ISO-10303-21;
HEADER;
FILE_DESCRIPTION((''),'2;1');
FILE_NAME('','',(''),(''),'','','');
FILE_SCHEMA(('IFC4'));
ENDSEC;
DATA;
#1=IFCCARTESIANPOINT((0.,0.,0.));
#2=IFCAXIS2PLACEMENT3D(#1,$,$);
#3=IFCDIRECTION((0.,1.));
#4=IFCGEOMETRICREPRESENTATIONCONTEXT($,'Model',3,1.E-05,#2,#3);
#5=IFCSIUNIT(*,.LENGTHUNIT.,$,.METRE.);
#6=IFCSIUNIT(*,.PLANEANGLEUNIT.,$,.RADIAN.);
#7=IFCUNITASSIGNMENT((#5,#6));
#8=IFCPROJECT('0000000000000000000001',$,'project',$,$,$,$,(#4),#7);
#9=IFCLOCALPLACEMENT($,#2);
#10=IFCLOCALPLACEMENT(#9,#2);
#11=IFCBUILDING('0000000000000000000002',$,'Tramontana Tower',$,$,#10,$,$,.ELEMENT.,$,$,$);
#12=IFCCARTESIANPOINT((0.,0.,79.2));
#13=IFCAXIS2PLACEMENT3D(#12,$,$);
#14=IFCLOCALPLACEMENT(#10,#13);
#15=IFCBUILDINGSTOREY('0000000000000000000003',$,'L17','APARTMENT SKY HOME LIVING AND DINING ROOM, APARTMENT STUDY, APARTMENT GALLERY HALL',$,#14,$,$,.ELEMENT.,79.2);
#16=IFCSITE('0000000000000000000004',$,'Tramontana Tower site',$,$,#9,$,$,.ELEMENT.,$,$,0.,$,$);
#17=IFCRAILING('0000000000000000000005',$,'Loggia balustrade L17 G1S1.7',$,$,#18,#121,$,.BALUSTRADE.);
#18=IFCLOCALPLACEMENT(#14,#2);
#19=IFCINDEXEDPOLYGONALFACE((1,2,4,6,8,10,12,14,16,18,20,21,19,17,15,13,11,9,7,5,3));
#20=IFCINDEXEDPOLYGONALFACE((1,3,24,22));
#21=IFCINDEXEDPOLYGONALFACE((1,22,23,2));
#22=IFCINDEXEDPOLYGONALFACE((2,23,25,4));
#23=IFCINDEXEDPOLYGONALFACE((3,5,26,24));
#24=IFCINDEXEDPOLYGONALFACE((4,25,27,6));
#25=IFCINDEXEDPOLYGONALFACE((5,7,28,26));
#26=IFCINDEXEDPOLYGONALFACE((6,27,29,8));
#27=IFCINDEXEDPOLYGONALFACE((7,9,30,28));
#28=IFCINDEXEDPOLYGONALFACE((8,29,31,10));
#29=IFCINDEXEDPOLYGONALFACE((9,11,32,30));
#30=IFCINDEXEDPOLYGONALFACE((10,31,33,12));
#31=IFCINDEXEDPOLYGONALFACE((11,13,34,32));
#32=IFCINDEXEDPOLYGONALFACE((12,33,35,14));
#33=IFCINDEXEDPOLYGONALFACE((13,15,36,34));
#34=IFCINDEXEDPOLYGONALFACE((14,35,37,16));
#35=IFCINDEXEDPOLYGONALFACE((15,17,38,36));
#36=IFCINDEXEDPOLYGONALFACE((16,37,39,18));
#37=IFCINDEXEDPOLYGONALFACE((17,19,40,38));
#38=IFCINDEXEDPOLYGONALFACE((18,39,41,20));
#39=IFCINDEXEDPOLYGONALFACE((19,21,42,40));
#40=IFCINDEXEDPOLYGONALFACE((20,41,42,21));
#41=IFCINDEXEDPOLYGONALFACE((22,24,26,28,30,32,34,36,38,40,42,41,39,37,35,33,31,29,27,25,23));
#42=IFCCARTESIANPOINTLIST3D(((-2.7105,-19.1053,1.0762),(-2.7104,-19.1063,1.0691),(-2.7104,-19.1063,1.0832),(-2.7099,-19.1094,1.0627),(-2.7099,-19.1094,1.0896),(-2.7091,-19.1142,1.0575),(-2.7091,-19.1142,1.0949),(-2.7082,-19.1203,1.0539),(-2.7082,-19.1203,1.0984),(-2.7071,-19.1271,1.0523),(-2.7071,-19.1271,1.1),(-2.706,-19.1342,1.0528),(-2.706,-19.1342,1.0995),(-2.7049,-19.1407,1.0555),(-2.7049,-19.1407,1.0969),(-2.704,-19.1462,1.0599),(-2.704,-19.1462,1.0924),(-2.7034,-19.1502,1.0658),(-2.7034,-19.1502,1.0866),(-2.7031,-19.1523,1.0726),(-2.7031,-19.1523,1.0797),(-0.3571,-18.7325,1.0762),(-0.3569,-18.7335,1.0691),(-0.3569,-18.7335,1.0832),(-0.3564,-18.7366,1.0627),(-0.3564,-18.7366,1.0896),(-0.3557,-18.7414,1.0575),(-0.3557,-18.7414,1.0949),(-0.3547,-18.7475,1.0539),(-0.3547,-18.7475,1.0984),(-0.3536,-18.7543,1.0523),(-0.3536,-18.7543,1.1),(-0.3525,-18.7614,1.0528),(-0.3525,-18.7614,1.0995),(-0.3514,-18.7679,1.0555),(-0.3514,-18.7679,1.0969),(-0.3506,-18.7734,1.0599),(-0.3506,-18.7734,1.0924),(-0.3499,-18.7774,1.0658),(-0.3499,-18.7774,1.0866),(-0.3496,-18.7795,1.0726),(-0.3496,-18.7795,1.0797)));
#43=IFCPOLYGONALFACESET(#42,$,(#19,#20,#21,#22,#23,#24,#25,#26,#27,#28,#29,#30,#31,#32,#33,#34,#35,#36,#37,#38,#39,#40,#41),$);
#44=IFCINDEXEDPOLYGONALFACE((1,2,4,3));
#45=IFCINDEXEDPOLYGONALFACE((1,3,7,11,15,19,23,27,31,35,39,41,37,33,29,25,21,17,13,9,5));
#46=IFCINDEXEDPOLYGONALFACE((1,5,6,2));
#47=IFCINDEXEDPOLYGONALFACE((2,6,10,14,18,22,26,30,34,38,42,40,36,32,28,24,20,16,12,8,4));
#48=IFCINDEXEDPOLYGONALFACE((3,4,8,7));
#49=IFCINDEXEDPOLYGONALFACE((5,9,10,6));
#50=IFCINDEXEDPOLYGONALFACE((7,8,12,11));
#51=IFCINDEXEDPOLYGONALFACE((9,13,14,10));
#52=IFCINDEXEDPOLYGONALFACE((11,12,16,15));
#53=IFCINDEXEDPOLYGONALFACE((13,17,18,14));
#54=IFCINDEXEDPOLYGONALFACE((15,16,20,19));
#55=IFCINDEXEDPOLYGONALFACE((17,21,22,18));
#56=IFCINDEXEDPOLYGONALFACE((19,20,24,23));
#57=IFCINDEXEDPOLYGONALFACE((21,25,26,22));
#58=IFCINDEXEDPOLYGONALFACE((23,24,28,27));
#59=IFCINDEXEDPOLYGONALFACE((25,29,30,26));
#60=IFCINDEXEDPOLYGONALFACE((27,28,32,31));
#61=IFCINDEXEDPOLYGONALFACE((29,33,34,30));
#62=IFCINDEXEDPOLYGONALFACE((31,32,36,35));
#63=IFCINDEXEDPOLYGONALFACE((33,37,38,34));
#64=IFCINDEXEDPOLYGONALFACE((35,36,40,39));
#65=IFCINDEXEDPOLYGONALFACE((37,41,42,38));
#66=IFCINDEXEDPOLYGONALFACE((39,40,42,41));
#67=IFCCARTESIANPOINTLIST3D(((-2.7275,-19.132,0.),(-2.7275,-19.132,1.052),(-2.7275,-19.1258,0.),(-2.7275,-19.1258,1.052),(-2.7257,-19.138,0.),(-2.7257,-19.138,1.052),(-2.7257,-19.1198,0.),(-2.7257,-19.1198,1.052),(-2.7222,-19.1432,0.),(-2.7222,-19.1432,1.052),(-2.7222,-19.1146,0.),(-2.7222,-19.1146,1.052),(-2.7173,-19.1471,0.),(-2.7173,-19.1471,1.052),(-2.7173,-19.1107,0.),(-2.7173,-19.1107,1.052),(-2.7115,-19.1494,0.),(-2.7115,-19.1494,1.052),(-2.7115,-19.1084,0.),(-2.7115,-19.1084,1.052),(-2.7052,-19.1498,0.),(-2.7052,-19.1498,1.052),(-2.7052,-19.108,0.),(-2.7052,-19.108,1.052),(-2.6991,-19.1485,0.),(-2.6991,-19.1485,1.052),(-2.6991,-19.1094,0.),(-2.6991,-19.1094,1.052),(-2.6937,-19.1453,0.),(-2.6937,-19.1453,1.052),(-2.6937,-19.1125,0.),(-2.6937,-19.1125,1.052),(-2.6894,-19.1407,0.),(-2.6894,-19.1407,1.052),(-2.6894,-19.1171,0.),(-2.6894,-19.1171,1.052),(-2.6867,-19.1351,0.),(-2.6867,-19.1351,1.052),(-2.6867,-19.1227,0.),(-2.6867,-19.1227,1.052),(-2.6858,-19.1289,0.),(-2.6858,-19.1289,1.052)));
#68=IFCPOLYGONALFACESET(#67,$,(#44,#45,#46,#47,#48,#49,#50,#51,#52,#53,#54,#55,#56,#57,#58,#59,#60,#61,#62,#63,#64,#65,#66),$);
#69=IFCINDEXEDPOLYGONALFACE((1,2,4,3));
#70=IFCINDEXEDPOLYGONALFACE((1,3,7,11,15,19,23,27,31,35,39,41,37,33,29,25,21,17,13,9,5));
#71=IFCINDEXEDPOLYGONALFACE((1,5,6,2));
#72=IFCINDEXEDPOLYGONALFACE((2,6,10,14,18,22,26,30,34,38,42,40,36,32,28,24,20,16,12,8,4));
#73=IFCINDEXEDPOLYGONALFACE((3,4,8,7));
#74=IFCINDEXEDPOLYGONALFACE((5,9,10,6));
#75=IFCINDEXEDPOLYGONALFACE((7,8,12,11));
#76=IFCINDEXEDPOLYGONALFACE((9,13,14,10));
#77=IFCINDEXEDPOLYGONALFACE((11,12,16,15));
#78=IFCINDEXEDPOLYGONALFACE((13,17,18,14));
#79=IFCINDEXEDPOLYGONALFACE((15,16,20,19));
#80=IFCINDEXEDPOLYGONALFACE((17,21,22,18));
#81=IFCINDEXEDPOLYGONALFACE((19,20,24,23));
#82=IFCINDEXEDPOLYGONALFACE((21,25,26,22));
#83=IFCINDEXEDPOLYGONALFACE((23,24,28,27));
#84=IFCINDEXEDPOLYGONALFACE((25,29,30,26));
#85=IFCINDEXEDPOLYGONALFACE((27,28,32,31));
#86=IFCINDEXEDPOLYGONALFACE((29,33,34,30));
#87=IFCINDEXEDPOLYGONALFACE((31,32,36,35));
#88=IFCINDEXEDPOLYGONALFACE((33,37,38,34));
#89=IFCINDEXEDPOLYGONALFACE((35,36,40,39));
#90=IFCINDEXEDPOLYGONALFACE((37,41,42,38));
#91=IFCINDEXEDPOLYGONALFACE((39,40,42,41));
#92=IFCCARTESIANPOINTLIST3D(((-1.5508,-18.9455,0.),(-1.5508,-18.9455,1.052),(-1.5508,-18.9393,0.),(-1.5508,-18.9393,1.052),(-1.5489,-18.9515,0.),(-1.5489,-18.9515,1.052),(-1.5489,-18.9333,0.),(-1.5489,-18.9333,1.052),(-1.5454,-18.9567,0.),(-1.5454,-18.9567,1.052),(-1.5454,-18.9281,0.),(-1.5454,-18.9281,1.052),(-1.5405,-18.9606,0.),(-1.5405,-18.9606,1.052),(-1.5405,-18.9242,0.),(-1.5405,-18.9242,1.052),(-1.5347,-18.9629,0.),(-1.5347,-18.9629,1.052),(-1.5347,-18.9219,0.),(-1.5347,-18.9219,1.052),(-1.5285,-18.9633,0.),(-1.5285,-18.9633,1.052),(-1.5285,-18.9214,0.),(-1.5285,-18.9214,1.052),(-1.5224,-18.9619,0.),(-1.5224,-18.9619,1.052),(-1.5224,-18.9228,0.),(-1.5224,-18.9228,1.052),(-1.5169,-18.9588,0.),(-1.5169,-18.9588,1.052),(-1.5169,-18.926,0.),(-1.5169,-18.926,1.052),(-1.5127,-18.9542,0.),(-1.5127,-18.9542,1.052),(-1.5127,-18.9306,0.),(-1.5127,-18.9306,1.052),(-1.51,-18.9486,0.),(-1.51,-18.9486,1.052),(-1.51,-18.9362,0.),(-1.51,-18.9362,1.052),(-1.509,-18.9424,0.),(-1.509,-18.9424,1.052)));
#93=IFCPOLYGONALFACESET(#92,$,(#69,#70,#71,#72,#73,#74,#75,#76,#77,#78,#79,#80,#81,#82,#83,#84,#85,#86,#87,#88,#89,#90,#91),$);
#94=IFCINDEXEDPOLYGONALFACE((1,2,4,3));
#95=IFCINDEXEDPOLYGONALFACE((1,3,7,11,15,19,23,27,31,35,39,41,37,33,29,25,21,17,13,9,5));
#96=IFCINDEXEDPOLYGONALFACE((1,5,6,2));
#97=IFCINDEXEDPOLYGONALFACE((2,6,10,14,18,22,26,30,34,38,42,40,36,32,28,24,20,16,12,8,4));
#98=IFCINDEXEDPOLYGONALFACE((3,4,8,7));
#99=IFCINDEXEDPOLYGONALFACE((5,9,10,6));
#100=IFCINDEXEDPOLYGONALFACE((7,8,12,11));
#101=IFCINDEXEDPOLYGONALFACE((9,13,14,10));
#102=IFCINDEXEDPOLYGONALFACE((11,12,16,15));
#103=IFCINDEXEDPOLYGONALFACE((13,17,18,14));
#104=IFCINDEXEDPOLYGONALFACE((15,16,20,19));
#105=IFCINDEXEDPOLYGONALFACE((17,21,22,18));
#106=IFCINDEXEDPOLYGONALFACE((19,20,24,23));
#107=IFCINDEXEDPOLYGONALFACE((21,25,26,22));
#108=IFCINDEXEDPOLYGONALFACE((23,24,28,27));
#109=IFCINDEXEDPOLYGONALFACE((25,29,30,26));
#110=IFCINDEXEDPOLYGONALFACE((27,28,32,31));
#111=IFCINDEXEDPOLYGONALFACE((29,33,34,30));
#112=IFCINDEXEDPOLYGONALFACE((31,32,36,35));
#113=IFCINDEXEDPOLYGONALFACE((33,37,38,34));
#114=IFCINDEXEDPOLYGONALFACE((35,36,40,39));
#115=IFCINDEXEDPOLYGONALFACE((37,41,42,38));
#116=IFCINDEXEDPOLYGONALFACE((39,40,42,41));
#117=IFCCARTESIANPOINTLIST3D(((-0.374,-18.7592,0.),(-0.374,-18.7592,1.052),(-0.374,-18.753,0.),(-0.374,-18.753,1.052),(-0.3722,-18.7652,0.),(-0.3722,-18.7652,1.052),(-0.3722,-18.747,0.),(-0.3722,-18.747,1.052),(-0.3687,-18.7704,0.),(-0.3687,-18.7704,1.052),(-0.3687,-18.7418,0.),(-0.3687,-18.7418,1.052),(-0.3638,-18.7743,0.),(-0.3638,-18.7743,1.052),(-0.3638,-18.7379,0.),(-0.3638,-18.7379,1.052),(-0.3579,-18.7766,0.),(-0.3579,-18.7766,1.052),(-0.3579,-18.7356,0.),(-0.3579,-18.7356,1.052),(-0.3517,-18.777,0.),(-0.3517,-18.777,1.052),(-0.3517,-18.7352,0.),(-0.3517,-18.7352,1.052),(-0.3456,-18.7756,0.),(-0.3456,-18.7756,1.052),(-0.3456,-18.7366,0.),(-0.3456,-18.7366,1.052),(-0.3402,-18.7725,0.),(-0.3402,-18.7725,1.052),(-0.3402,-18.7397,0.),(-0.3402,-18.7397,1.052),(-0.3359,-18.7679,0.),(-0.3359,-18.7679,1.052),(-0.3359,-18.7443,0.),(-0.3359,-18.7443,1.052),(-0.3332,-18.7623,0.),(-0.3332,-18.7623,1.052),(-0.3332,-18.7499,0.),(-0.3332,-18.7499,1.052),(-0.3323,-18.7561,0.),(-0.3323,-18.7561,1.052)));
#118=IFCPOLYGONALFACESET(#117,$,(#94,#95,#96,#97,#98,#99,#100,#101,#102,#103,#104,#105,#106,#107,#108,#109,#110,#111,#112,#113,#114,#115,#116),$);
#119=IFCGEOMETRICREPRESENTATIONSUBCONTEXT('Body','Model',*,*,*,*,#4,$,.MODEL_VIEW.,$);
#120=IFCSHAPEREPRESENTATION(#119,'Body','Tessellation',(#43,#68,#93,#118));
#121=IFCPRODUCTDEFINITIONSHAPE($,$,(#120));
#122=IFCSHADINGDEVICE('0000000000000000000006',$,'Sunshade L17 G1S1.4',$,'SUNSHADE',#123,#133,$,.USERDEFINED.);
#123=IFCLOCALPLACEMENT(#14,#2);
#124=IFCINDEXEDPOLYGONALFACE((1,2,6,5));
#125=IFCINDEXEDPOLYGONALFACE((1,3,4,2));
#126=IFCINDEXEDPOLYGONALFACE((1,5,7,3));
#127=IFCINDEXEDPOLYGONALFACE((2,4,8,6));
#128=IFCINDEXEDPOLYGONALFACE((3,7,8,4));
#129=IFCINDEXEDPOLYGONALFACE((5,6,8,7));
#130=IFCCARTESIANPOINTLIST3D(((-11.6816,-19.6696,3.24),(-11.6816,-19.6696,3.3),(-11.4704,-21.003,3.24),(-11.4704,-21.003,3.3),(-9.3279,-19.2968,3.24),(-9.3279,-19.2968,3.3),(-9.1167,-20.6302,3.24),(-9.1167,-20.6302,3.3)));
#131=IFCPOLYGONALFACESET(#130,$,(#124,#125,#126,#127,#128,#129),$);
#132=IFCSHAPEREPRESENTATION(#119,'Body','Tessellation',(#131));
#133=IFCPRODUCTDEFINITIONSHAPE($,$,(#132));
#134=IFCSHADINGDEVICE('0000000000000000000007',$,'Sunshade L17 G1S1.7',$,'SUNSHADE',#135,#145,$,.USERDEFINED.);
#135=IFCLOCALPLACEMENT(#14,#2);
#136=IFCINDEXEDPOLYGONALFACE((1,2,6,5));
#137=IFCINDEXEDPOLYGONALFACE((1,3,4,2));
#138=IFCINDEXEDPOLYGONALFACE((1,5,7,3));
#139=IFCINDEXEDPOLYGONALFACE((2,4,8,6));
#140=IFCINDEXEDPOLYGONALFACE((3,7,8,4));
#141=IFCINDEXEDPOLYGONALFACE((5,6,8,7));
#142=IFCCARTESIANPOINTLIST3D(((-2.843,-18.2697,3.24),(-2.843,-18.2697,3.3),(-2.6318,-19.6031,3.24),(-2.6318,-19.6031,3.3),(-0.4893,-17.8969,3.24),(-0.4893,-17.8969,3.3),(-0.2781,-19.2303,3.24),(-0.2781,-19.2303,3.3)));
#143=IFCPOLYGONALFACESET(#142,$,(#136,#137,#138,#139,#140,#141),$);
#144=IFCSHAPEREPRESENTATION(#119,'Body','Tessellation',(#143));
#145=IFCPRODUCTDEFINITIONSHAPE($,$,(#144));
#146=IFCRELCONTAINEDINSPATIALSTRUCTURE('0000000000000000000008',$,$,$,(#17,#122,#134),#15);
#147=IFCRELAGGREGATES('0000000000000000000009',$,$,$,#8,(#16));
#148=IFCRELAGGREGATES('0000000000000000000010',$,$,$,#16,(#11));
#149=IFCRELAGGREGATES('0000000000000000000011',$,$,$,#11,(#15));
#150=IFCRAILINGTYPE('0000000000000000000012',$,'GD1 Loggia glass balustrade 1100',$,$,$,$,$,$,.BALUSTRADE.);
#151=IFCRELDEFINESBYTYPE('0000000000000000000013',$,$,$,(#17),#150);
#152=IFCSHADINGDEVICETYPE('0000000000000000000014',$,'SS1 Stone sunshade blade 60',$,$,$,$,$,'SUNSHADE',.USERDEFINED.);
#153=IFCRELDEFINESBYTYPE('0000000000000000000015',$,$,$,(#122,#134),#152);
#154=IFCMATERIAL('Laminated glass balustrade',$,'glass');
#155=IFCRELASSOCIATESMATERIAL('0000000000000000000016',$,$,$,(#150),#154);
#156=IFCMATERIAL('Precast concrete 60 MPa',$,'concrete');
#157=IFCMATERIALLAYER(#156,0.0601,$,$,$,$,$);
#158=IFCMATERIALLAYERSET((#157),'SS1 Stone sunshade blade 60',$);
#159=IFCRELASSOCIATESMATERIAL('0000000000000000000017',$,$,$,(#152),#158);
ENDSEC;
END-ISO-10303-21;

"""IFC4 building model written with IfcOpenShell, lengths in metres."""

from ifc_helpers import new_model, si_unit, direction, frame, origin, origin_2d, place, context, subcontext, project, spatial, rectangle, circle, extrude, material, layer, layer_set, type_object, element, save


model = new_model("IFC4")

# Units and contexts
model_context = context("Model", 3, precision=1e-05, world=origin(), true_north=direction((0.0, 1.0)))
body_context = subcontext(model_context, "Body", "Model", "MODEL_VIEW")
ifc_project = project(units=[si_unit("LENGTHUNIT", "METRE"), si_unit("PLANEANGLEUNIT", "RADIAN")], contexts=[model_context])

# Site, building, storey
site_placement = place(None, origin())
site = spatial("IfcSite", under=ifc_project, at=site_placement, Name="Tramontana Tower site", CompositionType="ELEMENT", RefElevation=0.0)
building_placement = place(site_placement, origin())
building = spatial("IfcBuilding", under=site, at=building_placement, Name="Tramontana Tower", CompositionType="ELEMENT")
storey_placement = place(building_placement, frame((0.0, 0.0, 79.2)))
storey = spatial("IfcBuildingStorey", under=building, at=storey_placement, Name="L17", Description="APARTMENT SKY HOME LIVING AND DINING ROOM, APARTMENT STUDY, APARTMENT GALLERY HALL", CompositionType="ELEMENT", Elevation=79.2)

# Railing
ifc_material_1 = material(Name="Laminated glass balustrade", Category="glass")
railing_type = type_object("IfcRailingType", Name="GD1 Loggia glass balustrade 1100", PredefinedType="BALUSTRADE", material=ifc_material_1)
railing_1_placement = place(storey_placement, frame((-2.7068, -19.1289, 0.0)))
element("IfcRailing", 1, at=railing_1_placement, inside=storey, type_object=railing_type, Name="Loggia balustrade L17 G1S1.7", PredefinedType="BALUSTRADE", context=body_context, shape_type="SweptSolid", body=[
    extrude(circle(Radius=0.0239, at=origin_2d()), frame((0.0, 0.0, 1.0762), z_axis=(0.987686, 0.156452, 0.0), x_axis=(-0.156452, 0.987686, 0.0)), (0.0, 0.0, 1.0), 2.3828),
    extrude(circle(Radius=0.021, at=origin_2d()), origin(), (0.0, 0.0, 1.0), 1.052),
    extrude(circle(Radius=0.021, at=origin_2d()), frame((1.1768, 0.1865, 0.0)), (0.0, 0.0, 1.0), 1.052),
    extrude(circle(Radius=0.021, at=origin_2d()), frame((2.3535, 0.3728, 0.0)), (0.0, 0.0, 1.0), 1.052),
])

# Shading devices
ifc_material_2 = material(Name="Precast concrete 60 MPa", Category="concrete")
ifc_layer_1 = layer(ifc_material_2, 0.0601)
ifc_layer_set_1 = layer_set([ifc_layer_1], Name="SS1 Stone sunshade blade 60")
shading_device_type = type_object("IfcShadingDeviceType", Name="SS1 Stone sunshade blade 60", ElementType="SUNSHADE", PredefinedType="USERDEFINED", material=ifc_layer_set_1)
for number, where, z_axis, x_axis, name in (
    (2, (-10.3992, -20.1499, 3.24), (0.0, 0.0, 1.0), (0.987688, 0.156434, 0.0), "Sunshade L17 G1S1.4"),
    (3, (-1.5605, -18.75, 3.24), (0.0, 0.0, 1.0), (0.987688, 0.156434, 0.0), "Sunshade L17 G1S1.7"),
):
    element("IfcShadingDevice", number, at=place(storey_placement, frame(where, z_axis=z_axis, x_axis=x_axis)), inside=storey, type_object=shading_device_type, Name=name, ObjectType="SUNSHADE", PredefinedType="USERDEFINED", context=body_context, shape_type="SweptSolid", body=[
        extrude(rectangle(XDim=2.3831, YDim=1.3501, at=origin_2d()), origin(), (0.0, 0.0, 1.0), 0.0601),
    ])

save(model, "model.ifc")
